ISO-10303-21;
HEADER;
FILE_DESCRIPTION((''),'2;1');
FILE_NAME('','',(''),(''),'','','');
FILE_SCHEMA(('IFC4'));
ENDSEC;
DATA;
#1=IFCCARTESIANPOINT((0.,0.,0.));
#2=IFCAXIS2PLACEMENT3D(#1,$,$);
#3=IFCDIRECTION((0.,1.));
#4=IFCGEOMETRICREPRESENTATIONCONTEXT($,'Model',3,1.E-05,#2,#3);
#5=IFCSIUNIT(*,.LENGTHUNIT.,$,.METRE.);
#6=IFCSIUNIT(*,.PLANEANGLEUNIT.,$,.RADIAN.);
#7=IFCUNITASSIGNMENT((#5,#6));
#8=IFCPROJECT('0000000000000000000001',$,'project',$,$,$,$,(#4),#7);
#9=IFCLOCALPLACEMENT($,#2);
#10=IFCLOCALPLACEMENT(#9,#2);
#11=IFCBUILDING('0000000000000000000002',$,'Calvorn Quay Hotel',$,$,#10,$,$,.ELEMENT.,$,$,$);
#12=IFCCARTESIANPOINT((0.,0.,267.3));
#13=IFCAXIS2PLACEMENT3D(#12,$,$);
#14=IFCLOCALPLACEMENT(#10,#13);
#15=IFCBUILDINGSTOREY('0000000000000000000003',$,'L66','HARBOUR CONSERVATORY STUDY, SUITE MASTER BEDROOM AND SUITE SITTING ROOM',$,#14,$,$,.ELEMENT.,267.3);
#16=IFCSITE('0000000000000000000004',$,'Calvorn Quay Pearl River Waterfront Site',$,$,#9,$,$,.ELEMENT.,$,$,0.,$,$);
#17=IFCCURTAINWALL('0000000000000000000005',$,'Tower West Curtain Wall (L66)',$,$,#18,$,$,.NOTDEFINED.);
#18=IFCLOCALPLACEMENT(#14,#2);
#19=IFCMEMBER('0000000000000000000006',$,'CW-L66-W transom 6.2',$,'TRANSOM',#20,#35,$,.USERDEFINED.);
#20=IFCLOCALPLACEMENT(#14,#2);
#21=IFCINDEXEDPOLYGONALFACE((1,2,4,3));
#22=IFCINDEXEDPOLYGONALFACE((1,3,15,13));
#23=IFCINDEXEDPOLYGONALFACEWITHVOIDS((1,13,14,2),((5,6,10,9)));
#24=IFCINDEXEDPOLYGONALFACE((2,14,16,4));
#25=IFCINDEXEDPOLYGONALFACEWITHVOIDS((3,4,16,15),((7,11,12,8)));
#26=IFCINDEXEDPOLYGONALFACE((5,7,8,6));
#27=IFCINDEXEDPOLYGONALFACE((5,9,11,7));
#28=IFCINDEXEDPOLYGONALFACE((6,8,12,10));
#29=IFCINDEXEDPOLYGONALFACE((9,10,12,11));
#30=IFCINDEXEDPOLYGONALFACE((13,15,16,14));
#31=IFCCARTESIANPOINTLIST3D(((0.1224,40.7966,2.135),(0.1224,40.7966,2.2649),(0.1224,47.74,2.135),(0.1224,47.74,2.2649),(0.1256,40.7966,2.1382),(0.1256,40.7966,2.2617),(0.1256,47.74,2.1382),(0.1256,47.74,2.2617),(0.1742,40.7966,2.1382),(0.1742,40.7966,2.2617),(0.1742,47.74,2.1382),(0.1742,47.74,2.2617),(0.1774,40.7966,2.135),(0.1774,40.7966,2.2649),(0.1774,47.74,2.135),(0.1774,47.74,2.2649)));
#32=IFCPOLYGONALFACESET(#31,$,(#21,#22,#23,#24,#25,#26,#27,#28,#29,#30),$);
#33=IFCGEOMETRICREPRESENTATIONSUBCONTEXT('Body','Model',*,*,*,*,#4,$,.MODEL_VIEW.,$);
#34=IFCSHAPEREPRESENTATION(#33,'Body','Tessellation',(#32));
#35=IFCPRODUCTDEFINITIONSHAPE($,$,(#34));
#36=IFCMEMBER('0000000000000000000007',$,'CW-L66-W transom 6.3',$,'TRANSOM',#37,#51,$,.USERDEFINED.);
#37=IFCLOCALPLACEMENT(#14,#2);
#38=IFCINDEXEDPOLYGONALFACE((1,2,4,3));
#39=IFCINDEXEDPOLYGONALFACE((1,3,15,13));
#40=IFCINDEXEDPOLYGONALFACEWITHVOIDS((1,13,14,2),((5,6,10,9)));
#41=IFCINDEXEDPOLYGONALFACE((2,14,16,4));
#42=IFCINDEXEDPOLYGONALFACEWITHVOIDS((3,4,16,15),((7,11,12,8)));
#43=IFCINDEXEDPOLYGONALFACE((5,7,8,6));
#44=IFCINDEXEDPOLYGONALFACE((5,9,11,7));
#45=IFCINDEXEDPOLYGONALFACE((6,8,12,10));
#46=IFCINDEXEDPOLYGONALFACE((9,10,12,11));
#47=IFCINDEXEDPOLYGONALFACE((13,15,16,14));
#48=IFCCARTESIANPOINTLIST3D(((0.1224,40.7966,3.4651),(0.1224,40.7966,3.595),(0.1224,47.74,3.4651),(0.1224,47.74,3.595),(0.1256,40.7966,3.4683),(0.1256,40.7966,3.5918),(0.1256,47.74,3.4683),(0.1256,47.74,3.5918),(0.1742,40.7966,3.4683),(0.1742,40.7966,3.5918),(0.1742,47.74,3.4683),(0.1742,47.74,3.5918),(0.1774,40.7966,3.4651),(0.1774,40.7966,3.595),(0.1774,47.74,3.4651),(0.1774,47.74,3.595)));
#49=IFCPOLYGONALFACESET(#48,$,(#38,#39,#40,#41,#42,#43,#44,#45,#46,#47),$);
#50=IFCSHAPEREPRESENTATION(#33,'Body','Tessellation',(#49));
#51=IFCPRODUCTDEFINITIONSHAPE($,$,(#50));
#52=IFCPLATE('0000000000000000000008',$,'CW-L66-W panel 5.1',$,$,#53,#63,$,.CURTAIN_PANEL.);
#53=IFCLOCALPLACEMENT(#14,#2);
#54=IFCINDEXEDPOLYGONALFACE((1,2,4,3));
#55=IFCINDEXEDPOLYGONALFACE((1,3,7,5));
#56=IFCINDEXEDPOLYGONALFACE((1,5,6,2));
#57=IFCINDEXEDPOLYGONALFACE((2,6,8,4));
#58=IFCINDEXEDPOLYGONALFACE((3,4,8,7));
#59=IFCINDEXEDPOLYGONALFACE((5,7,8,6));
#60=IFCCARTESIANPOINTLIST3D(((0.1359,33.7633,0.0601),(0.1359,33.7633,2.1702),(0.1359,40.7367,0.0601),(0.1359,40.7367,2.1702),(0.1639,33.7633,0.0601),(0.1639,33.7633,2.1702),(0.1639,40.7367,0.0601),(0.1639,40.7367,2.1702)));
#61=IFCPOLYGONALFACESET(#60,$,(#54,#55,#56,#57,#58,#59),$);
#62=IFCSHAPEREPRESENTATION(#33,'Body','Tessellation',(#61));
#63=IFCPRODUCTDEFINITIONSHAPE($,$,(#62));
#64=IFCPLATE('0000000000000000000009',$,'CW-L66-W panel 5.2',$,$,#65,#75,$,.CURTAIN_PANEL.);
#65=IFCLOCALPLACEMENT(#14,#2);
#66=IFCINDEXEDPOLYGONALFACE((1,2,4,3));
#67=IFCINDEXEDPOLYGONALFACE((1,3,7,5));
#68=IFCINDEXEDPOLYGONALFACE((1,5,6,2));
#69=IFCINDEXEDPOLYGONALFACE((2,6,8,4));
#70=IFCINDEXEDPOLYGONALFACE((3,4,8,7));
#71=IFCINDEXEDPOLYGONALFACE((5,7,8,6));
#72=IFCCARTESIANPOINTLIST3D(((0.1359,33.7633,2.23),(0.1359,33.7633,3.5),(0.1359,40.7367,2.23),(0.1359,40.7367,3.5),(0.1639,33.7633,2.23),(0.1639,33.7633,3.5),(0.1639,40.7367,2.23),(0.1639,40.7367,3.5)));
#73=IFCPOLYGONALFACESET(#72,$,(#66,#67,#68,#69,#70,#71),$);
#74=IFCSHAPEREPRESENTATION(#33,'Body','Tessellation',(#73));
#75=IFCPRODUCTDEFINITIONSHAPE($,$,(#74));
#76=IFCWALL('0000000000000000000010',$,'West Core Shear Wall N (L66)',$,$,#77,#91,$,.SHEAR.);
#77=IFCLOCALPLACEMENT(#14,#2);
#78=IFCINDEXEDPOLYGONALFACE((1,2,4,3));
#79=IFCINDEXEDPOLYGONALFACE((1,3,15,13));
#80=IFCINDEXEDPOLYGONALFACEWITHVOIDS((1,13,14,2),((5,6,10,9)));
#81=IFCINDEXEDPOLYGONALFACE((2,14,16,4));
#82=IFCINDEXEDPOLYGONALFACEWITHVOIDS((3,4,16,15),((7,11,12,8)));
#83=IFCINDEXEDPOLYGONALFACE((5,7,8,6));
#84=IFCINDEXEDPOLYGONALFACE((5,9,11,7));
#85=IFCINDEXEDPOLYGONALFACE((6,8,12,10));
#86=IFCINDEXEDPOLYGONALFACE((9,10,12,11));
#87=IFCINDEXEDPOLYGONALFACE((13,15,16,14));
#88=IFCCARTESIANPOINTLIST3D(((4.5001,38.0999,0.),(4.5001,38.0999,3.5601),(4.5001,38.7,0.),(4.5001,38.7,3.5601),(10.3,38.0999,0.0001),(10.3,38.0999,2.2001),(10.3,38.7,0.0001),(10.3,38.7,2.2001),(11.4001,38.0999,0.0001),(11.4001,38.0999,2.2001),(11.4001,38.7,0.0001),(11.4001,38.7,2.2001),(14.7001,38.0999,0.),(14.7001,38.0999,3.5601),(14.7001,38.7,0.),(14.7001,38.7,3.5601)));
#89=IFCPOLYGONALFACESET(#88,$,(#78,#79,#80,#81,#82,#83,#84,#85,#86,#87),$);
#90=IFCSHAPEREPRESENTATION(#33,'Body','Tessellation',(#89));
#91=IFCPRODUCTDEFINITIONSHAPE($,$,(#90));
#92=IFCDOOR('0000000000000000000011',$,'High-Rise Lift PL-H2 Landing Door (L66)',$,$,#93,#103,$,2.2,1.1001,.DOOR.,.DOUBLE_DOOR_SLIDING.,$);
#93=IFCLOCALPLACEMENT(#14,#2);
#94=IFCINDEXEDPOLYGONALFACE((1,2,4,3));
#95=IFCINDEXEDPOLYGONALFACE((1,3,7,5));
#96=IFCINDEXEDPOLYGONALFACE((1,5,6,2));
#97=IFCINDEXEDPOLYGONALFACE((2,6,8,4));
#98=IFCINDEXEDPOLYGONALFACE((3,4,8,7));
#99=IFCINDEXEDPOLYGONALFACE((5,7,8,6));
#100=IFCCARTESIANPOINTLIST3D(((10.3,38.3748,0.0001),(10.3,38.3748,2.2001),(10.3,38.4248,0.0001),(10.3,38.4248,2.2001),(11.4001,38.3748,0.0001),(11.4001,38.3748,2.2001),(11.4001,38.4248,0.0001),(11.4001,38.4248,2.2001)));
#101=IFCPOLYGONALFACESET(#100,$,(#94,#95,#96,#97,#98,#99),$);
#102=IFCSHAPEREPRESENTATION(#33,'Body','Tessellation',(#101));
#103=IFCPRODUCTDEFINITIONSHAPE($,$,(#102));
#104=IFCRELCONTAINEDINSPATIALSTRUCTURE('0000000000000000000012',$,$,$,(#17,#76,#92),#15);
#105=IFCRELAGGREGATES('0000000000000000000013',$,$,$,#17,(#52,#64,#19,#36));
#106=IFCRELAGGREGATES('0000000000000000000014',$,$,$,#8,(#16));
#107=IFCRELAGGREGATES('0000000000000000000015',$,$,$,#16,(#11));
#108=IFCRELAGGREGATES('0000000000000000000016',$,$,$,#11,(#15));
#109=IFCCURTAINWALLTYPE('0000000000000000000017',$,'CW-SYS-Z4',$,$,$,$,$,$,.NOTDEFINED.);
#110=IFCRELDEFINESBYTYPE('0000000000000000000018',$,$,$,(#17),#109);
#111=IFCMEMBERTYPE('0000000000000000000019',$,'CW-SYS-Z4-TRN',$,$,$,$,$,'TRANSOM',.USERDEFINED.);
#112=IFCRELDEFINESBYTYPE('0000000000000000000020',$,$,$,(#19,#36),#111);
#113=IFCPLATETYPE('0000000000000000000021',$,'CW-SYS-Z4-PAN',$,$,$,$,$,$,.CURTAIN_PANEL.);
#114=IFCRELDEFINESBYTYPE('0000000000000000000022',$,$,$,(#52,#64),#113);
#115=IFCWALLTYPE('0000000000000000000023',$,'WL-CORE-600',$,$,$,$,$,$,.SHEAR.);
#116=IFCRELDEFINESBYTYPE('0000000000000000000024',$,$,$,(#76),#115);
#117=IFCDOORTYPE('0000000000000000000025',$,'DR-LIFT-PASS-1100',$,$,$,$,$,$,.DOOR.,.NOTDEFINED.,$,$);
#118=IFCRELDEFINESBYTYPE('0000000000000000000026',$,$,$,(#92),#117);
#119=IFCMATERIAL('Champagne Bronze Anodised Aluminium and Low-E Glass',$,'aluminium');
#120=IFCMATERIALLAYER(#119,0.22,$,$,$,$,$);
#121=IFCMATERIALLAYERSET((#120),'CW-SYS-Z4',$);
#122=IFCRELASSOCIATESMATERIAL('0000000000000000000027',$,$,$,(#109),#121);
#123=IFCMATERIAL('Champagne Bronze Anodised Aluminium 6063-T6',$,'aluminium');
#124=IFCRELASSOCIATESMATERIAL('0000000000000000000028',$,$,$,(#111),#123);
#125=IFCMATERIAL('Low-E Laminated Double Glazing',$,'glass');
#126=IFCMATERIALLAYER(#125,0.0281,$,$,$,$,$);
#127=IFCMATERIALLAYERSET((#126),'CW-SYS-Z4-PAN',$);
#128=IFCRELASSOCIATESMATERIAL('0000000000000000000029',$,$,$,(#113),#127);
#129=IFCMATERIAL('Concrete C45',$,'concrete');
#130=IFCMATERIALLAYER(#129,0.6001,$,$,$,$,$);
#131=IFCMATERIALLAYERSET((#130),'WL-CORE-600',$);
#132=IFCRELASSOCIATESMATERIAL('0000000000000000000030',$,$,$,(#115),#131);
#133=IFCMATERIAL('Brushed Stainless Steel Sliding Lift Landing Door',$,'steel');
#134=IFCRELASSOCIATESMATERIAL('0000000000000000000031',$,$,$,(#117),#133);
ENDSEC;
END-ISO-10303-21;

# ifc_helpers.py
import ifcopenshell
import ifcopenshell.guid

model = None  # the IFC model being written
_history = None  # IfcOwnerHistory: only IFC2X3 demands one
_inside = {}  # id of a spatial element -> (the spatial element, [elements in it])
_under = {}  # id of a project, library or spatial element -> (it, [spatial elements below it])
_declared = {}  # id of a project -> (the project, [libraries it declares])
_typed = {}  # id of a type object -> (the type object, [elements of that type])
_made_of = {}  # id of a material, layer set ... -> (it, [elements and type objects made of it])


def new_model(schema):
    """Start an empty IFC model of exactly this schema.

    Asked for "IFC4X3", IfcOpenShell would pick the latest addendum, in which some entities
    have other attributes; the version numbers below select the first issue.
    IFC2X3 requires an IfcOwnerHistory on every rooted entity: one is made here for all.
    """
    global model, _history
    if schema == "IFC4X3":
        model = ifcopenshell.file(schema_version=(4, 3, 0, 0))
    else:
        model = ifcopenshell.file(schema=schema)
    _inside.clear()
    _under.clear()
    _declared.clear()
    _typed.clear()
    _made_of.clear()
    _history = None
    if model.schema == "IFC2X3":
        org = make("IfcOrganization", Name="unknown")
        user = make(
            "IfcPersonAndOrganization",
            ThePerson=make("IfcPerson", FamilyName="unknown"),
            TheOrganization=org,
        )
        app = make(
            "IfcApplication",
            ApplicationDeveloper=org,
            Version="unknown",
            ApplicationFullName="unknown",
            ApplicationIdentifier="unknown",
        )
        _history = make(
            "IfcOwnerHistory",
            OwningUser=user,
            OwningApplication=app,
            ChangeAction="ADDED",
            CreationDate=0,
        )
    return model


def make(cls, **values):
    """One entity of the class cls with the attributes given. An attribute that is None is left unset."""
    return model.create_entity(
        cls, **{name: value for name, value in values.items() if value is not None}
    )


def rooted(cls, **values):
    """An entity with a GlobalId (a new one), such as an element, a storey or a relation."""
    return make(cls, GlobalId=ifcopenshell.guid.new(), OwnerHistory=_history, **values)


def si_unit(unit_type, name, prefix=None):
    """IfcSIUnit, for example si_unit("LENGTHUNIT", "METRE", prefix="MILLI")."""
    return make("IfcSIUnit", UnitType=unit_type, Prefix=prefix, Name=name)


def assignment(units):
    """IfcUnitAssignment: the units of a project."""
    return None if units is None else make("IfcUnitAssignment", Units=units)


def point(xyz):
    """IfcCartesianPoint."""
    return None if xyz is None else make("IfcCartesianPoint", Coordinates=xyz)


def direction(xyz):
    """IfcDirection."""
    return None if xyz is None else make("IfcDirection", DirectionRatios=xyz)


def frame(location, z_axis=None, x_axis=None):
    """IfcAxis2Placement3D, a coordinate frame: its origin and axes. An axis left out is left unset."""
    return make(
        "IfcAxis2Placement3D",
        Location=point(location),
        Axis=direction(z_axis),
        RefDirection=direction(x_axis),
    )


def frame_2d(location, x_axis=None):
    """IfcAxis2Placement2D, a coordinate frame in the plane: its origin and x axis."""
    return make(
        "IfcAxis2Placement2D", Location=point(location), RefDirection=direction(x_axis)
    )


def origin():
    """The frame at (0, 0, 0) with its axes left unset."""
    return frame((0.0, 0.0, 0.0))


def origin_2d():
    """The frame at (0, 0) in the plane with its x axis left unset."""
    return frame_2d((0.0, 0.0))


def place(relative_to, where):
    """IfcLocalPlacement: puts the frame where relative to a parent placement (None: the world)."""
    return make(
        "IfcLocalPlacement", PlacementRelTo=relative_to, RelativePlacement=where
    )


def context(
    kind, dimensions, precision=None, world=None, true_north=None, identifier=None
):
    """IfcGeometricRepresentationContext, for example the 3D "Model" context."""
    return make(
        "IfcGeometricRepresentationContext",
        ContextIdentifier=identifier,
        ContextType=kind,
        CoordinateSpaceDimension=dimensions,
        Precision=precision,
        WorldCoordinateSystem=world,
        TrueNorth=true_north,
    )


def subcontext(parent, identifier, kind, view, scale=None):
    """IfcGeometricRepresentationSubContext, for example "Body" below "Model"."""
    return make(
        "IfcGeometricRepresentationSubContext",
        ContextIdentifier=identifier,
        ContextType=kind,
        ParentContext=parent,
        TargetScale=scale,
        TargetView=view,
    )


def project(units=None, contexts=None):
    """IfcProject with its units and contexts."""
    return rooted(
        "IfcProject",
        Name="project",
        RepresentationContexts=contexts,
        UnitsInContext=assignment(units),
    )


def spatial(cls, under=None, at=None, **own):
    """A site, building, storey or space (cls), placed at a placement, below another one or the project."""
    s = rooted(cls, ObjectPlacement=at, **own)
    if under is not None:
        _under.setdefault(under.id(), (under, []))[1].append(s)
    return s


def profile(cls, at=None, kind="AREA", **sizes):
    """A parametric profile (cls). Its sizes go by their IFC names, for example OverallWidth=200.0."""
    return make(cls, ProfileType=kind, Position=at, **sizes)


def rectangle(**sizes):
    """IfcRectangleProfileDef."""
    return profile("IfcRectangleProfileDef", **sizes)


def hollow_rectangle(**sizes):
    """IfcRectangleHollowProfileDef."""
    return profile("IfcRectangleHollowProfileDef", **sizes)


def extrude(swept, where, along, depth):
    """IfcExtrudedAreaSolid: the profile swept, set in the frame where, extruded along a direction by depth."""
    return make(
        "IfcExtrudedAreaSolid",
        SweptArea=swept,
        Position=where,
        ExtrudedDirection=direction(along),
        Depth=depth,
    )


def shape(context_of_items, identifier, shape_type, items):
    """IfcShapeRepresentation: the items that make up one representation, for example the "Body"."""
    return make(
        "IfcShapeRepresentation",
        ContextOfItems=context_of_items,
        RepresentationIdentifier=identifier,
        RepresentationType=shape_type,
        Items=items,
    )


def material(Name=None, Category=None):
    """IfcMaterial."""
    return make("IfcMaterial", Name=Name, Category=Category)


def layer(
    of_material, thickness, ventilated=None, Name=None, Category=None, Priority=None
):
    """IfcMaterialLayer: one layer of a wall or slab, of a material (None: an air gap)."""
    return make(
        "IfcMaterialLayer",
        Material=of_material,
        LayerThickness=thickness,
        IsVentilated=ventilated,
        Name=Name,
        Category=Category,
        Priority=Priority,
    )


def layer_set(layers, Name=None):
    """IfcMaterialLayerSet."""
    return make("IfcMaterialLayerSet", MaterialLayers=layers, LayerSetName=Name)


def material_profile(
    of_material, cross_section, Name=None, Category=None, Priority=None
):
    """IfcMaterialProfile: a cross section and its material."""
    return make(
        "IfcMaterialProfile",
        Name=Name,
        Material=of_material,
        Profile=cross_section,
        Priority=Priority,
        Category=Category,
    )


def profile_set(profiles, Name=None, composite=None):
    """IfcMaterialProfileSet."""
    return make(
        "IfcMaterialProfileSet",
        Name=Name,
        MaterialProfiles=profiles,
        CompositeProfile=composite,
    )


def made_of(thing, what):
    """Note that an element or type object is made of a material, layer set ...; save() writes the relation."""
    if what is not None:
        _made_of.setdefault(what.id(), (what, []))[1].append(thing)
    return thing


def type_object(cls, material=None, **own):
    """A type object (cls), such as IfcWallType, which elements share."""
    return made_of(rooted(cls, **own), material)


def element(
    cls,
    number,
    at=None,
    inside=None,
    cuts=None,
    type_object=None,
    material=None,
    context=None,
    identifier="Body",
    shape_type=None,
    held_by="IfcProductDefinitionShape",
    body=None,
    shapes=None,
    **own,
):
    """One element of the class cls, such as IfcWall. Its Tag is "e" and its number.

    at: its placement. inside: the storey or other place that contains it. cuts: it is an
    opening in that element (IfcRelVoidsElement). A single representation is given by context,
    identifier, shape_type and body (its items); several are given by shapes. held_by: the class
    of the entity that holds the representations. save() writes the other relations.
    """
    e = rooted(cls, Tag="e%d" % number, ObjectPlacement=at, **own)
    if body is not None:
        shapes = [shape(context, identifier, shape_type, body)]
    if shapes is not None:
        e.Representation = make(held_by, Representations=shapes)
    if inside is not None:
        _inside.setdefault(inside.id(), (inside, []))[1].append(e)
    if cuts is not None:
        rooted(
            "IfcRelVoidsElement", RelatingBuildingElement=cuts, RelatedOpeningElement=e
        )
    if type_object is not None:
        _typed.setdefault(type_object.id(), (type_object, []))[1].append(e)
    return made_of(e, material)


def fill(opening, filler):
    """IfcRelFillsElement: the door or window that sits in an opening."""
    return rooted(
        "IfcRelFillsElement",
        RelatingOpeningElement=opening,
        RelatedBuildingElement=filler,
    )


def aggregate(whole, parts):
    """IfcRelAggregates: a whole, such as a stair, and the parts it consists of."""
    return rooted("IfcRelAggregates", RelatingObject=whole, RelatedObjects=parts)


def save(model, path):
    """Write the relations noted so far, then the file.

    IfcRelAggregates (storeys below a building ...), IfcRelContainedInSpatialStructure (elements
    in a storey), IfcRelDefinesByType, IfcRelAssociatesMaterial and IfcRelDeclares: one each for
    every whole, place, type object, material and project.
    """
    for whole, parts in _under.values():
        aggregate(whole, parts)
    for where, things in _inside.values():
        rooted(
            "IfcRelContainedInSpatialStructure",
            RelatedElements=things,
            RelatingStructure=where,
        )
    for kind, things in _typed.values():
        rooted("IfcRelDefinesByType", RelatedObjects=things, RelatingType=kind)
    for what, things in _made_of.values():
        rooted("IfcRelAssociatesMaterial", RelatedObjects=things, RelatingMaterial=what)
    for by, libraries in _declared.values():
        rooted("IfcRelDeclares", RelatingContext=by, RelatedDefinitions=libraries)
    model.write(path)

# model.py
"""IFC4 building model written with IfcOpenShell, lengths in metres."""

from ifc_helpers import new_model, si_unit, direction, frame, frame_2d, origin, origin_2d, place, context, subcontext, project, spatial, rectangle, hollow_rectangle, extrude, material, layer, layer_set, material_profile, profile_set, type_object, element, fill, aggregate, save


model = new_model("IFC4")

# Units and contexts
model_context = context("Model", 3, precision=1e-05, world=origin(), true_north=direction((0.0, 1.0)))
body_context = subcontext(model_context, "Body", "Model", "MODEL_VIEW")
ifc_project = project(units=[si_unit("LENGTHUNIT", "METRE"), si_unit("PLANEANGLEUNIT", "RADIAN")], contexts=[model_context])

# Site, building, storey
site_placement = place(None, origin())
site = spatial("IfcSite", under=ifc_project, at=site_placement, Name="Calvorn Quay Pearl River Waterfront Site", CompositionType="ELEMENT", RefElevation=0.0)
building_placement = place(site_placement, origin())
building = spatial("IfcBuilding", under=site, at=building_placement, Name="Calvorn Quay Hotel", CompositionType="ELEMENT")
storey_placement = place(building_placement, frame((0.0, 0.0, 267.3)))
storey = spatial("IfcBuildingStorey", under=building, at=storey_placement, Name="L66", Description="HARBOUR CONSERVATORY STUDY, SUITE MASTER BEDROOM AND SUITE SITTING ROOM", CompositionType="ELEMENT", Elevation=267.3)

# Curtain wall, members, plates
ifc_material_1 = material(Name="Champagne Bronze Anodised Aluminium and Low-E Glass", Category="aluminium")
ifc_layer_1 = layer(ifc_material_1, 0.22)
ifc_layer_set_1 = layer_set([ifc_layer_1], Name="CW-SYS-Z4")
curtain_wall_type = type_object("IfcCurtainWallType", Name="CW-SYS-Z4", PredefinedType="NOTDEFINED", material=ifc_layer_set_1)
curtain_wall_placement = place(storey_placement, origin())
curtain_wall = element("IfcCurtainWall", 1, at=curtain_wall_placement, inside=storey, type_object=curtain_wall_type, Name="Tower West Curtain Wall (L66)", PredefinedType="NOTDEFINED")
ifc_material_2 = material(Name="Champagne Bronze Anodised Aluminium 6063-T6", Category="aluminium")
ifc_material_profile_1 = material_profile(ifc_material_2, hollow_rectangle(XDim=0.0549, YDim=0.1299, WallThickness=0.0032, at=origin_2d()), Name="ALU-T130x55x3.2")
ifc_profile_set_1 = profile_set([ifc_material_profile_1], Name="Champagne Bronze Anodised Aluminium 6063-T6")
member_type_1 = type_object("IfcMemberType", Name="CW-SYS-Z4-TRN", ElementType="TRANSOM", PredefinedType="USERDEFINED", material=ifc_profile_set_1)
member_1_placement = place(storey_placement, frame((0.1499, 40.7966, 2.2), z_axis=(0.0, 1.0, 0.0), x_axis=(-1.0, 0.0, 0.0)))
member_1 = element("IfcMember", 2, at=member_1_placement, type_object=member_type_1, Name="CW-L66-W transom 6.2", ObjectType="TRANSOM", PredefinedType="USERDEFINED", context=body_context, shape_type="SweptSolid", body=[
    extrude(hollow_rectangle(XDim=0.0549, YDim=0.1299, WallThickness=0.0032, at=origin_2d()), origin(), (0.0, 0.0, 1.0), 6.9434),
])
member_2_placement = place(storey_placement, frame((0.1499, 40.7966, 3.53), z_axis=(0.0, 1.0, 0.0), x_axis=(-1.0, 0.0, 0.0)))
member_2 = element("IfcMember", 3, at=member_2_placement, type_object=member_type_1, Name="CW-L66-W transom 6.3", ObjectType="TRANSOM", PredefinedType="USERDEFINED", context=body_context, shape_type="SweptSolid", body=[
    extrude(hollow_rectangle(XDim=0.0549, YDim=0.1299, WallThickness=0.0032, at=origin_2d()), origin(), (0.0, 0.0, 1.0), 6.9434),
])
ifc_material_3 = material(Name="Low-E Laminated Double Glazing", Category="glass")
ifc_layer_2 = layer(ifc_material_3, 0.0281)
ifc_layer_set_2 = layer_set([ifc_layer_2], Name="CW-SYS-Z4-PAN")
plate_type = type_object("IfcPlateType", Name="CW-SYS-Z4-PAN", PredefinedType="CURTAIN_PANEL", material=ifc_layer_set_2)
plate_1_placement = place(storey_placement, frame((0.1499, 37.25, 0.0601), z_axis=(0.0, 0.0, 1.0), x_axis=(0.0, 1.0, 0.0)))
plate_1 = element("IfcPlate", 4, at=plate_1_placement, type_object=plate_type, Name="CW-L66-W panel 5.1", PredefinedType="CURTAIN_PANEL", context=body_context, shape_type="SweptSolid", body=[
    extrude(rectangle(XDim=6.9734, YDim=0.0281, at=origin_2d()), origin(), (0.0, 0.0, 1.0), 2.1101),
])
plate_2_placement = place(storey_placement, frame((0.1499, 37.25, 2.23), z_axis=(0.0, 0.0, 1.0), x_axis=(0.0, 1.0, 0.0)))
plate_2 = element("IfcPlate", 5, at=plate_2_placement, type_object=plate_type, Name="CW-L66-W panel 5.2", PredefinedType="CURTAIN_PANEL", context=body_context, shape_type="SweptSolid", body=[
    extrude(rectangle(XDim=6.9734, YDim=0.0281, at=origin_2d()), origin(), (0.0, 0.0, 1.0), 1.27),
])
aggregate(curtain_wall, [plate_1, plate_2, member_1, member_2])

# Wall, opening, door
ifc_material_4 = material(Name="Concrete C45", Category="concrete")
ifc_layer_3 = layer(ifc_material_4, 0.6001)
ifc_layer_set_3 = layer_set([ifc_layer_3], Name="WL-CORE-600")
wall_type_1 = type_object("IfcWallType", Name="WL-CORE-600", PredefinedType="SHEAR", material=ifc_layer_set_3)
wall_1_placement = place(storey_placement, frame((4.5, 38.3999, 0.0), z_axis=(0.0, 0.0, 1.0), x_axis=(1.0, 0.0, 0.0)))
wall_1 = element("IfcWall", 6, at=wall_1_placement, inside=storey, type_object=wall_type_1, Name="West Core Shear Wall N (L66)", PredefinedType="SHEAR", context=body_context, shape_type="SweptSolid", body=[
    extrude(rectangle(XDim=10.2, YDim=0.6001, at=frame_2d((5.1001, 0.0))), origin(), (0.0, 0.0, 1.0), 3.5601),
])
opening_1_placement = place(wall_1_placement, frame((5.8, 0.0, 0.0)))
opening_1 = element("IfcOpeningElement", 7, at=opening_1_placement, cuts=wall_1, PredefinedType="OPENING", context=body_context, shape_type="SweptSolid", body=[
    extrude(rectangle(XDim=1.1001, YDim=2.2, at=frame_2d((0.55, 1.1001))), frame((0.0, 0.3101, 0.0), z_axis=(0.0, -1.0, 0.0), x_axis=(1.0, 0.0, 0.0)), (0.0, 0.0, 1.0), 0.6201),
])
ifc_material_5 = material(Name="Brushed Stainless Steel Sliding Lift Landing Door", Category="steel")
door_type_1 = type_object("IfcDoorType", Name="DR-LIFT-PASS-1100", OperationType="NOTDEFINED", PredefinedType="DOOR", material=ifc_material_5)
door_1_placement = place(opening_1_placement, origin())
door_1 = element("IfcDoor", 8, at=door_1_placement, inside=storey, type_object=door_type_1, Name="High-Rise Lift PL-H2 Landing Door (L66)", OperationType="DOUBLE_DOOR_SLIDING", OverallHeight=2.2, OverallWidth=1.1001, PredefinedType="DOOR", context=body_context, shape_type="SweptSolid", body=[
    extrude(rectangle(XDim=1.1001, YDim=2.2, at=frame_2d((0.55, 1.1001))), frame((0.0, 0.0249, 0.0), z_axis=(0.0, -1.0, 0.0), x_axis=(1.0, 0.0, 0.0)), (0.0, 0.0, 1.0), 0.05),
])
fill(opening_1, door_1)

save(model, "model.ifc")
